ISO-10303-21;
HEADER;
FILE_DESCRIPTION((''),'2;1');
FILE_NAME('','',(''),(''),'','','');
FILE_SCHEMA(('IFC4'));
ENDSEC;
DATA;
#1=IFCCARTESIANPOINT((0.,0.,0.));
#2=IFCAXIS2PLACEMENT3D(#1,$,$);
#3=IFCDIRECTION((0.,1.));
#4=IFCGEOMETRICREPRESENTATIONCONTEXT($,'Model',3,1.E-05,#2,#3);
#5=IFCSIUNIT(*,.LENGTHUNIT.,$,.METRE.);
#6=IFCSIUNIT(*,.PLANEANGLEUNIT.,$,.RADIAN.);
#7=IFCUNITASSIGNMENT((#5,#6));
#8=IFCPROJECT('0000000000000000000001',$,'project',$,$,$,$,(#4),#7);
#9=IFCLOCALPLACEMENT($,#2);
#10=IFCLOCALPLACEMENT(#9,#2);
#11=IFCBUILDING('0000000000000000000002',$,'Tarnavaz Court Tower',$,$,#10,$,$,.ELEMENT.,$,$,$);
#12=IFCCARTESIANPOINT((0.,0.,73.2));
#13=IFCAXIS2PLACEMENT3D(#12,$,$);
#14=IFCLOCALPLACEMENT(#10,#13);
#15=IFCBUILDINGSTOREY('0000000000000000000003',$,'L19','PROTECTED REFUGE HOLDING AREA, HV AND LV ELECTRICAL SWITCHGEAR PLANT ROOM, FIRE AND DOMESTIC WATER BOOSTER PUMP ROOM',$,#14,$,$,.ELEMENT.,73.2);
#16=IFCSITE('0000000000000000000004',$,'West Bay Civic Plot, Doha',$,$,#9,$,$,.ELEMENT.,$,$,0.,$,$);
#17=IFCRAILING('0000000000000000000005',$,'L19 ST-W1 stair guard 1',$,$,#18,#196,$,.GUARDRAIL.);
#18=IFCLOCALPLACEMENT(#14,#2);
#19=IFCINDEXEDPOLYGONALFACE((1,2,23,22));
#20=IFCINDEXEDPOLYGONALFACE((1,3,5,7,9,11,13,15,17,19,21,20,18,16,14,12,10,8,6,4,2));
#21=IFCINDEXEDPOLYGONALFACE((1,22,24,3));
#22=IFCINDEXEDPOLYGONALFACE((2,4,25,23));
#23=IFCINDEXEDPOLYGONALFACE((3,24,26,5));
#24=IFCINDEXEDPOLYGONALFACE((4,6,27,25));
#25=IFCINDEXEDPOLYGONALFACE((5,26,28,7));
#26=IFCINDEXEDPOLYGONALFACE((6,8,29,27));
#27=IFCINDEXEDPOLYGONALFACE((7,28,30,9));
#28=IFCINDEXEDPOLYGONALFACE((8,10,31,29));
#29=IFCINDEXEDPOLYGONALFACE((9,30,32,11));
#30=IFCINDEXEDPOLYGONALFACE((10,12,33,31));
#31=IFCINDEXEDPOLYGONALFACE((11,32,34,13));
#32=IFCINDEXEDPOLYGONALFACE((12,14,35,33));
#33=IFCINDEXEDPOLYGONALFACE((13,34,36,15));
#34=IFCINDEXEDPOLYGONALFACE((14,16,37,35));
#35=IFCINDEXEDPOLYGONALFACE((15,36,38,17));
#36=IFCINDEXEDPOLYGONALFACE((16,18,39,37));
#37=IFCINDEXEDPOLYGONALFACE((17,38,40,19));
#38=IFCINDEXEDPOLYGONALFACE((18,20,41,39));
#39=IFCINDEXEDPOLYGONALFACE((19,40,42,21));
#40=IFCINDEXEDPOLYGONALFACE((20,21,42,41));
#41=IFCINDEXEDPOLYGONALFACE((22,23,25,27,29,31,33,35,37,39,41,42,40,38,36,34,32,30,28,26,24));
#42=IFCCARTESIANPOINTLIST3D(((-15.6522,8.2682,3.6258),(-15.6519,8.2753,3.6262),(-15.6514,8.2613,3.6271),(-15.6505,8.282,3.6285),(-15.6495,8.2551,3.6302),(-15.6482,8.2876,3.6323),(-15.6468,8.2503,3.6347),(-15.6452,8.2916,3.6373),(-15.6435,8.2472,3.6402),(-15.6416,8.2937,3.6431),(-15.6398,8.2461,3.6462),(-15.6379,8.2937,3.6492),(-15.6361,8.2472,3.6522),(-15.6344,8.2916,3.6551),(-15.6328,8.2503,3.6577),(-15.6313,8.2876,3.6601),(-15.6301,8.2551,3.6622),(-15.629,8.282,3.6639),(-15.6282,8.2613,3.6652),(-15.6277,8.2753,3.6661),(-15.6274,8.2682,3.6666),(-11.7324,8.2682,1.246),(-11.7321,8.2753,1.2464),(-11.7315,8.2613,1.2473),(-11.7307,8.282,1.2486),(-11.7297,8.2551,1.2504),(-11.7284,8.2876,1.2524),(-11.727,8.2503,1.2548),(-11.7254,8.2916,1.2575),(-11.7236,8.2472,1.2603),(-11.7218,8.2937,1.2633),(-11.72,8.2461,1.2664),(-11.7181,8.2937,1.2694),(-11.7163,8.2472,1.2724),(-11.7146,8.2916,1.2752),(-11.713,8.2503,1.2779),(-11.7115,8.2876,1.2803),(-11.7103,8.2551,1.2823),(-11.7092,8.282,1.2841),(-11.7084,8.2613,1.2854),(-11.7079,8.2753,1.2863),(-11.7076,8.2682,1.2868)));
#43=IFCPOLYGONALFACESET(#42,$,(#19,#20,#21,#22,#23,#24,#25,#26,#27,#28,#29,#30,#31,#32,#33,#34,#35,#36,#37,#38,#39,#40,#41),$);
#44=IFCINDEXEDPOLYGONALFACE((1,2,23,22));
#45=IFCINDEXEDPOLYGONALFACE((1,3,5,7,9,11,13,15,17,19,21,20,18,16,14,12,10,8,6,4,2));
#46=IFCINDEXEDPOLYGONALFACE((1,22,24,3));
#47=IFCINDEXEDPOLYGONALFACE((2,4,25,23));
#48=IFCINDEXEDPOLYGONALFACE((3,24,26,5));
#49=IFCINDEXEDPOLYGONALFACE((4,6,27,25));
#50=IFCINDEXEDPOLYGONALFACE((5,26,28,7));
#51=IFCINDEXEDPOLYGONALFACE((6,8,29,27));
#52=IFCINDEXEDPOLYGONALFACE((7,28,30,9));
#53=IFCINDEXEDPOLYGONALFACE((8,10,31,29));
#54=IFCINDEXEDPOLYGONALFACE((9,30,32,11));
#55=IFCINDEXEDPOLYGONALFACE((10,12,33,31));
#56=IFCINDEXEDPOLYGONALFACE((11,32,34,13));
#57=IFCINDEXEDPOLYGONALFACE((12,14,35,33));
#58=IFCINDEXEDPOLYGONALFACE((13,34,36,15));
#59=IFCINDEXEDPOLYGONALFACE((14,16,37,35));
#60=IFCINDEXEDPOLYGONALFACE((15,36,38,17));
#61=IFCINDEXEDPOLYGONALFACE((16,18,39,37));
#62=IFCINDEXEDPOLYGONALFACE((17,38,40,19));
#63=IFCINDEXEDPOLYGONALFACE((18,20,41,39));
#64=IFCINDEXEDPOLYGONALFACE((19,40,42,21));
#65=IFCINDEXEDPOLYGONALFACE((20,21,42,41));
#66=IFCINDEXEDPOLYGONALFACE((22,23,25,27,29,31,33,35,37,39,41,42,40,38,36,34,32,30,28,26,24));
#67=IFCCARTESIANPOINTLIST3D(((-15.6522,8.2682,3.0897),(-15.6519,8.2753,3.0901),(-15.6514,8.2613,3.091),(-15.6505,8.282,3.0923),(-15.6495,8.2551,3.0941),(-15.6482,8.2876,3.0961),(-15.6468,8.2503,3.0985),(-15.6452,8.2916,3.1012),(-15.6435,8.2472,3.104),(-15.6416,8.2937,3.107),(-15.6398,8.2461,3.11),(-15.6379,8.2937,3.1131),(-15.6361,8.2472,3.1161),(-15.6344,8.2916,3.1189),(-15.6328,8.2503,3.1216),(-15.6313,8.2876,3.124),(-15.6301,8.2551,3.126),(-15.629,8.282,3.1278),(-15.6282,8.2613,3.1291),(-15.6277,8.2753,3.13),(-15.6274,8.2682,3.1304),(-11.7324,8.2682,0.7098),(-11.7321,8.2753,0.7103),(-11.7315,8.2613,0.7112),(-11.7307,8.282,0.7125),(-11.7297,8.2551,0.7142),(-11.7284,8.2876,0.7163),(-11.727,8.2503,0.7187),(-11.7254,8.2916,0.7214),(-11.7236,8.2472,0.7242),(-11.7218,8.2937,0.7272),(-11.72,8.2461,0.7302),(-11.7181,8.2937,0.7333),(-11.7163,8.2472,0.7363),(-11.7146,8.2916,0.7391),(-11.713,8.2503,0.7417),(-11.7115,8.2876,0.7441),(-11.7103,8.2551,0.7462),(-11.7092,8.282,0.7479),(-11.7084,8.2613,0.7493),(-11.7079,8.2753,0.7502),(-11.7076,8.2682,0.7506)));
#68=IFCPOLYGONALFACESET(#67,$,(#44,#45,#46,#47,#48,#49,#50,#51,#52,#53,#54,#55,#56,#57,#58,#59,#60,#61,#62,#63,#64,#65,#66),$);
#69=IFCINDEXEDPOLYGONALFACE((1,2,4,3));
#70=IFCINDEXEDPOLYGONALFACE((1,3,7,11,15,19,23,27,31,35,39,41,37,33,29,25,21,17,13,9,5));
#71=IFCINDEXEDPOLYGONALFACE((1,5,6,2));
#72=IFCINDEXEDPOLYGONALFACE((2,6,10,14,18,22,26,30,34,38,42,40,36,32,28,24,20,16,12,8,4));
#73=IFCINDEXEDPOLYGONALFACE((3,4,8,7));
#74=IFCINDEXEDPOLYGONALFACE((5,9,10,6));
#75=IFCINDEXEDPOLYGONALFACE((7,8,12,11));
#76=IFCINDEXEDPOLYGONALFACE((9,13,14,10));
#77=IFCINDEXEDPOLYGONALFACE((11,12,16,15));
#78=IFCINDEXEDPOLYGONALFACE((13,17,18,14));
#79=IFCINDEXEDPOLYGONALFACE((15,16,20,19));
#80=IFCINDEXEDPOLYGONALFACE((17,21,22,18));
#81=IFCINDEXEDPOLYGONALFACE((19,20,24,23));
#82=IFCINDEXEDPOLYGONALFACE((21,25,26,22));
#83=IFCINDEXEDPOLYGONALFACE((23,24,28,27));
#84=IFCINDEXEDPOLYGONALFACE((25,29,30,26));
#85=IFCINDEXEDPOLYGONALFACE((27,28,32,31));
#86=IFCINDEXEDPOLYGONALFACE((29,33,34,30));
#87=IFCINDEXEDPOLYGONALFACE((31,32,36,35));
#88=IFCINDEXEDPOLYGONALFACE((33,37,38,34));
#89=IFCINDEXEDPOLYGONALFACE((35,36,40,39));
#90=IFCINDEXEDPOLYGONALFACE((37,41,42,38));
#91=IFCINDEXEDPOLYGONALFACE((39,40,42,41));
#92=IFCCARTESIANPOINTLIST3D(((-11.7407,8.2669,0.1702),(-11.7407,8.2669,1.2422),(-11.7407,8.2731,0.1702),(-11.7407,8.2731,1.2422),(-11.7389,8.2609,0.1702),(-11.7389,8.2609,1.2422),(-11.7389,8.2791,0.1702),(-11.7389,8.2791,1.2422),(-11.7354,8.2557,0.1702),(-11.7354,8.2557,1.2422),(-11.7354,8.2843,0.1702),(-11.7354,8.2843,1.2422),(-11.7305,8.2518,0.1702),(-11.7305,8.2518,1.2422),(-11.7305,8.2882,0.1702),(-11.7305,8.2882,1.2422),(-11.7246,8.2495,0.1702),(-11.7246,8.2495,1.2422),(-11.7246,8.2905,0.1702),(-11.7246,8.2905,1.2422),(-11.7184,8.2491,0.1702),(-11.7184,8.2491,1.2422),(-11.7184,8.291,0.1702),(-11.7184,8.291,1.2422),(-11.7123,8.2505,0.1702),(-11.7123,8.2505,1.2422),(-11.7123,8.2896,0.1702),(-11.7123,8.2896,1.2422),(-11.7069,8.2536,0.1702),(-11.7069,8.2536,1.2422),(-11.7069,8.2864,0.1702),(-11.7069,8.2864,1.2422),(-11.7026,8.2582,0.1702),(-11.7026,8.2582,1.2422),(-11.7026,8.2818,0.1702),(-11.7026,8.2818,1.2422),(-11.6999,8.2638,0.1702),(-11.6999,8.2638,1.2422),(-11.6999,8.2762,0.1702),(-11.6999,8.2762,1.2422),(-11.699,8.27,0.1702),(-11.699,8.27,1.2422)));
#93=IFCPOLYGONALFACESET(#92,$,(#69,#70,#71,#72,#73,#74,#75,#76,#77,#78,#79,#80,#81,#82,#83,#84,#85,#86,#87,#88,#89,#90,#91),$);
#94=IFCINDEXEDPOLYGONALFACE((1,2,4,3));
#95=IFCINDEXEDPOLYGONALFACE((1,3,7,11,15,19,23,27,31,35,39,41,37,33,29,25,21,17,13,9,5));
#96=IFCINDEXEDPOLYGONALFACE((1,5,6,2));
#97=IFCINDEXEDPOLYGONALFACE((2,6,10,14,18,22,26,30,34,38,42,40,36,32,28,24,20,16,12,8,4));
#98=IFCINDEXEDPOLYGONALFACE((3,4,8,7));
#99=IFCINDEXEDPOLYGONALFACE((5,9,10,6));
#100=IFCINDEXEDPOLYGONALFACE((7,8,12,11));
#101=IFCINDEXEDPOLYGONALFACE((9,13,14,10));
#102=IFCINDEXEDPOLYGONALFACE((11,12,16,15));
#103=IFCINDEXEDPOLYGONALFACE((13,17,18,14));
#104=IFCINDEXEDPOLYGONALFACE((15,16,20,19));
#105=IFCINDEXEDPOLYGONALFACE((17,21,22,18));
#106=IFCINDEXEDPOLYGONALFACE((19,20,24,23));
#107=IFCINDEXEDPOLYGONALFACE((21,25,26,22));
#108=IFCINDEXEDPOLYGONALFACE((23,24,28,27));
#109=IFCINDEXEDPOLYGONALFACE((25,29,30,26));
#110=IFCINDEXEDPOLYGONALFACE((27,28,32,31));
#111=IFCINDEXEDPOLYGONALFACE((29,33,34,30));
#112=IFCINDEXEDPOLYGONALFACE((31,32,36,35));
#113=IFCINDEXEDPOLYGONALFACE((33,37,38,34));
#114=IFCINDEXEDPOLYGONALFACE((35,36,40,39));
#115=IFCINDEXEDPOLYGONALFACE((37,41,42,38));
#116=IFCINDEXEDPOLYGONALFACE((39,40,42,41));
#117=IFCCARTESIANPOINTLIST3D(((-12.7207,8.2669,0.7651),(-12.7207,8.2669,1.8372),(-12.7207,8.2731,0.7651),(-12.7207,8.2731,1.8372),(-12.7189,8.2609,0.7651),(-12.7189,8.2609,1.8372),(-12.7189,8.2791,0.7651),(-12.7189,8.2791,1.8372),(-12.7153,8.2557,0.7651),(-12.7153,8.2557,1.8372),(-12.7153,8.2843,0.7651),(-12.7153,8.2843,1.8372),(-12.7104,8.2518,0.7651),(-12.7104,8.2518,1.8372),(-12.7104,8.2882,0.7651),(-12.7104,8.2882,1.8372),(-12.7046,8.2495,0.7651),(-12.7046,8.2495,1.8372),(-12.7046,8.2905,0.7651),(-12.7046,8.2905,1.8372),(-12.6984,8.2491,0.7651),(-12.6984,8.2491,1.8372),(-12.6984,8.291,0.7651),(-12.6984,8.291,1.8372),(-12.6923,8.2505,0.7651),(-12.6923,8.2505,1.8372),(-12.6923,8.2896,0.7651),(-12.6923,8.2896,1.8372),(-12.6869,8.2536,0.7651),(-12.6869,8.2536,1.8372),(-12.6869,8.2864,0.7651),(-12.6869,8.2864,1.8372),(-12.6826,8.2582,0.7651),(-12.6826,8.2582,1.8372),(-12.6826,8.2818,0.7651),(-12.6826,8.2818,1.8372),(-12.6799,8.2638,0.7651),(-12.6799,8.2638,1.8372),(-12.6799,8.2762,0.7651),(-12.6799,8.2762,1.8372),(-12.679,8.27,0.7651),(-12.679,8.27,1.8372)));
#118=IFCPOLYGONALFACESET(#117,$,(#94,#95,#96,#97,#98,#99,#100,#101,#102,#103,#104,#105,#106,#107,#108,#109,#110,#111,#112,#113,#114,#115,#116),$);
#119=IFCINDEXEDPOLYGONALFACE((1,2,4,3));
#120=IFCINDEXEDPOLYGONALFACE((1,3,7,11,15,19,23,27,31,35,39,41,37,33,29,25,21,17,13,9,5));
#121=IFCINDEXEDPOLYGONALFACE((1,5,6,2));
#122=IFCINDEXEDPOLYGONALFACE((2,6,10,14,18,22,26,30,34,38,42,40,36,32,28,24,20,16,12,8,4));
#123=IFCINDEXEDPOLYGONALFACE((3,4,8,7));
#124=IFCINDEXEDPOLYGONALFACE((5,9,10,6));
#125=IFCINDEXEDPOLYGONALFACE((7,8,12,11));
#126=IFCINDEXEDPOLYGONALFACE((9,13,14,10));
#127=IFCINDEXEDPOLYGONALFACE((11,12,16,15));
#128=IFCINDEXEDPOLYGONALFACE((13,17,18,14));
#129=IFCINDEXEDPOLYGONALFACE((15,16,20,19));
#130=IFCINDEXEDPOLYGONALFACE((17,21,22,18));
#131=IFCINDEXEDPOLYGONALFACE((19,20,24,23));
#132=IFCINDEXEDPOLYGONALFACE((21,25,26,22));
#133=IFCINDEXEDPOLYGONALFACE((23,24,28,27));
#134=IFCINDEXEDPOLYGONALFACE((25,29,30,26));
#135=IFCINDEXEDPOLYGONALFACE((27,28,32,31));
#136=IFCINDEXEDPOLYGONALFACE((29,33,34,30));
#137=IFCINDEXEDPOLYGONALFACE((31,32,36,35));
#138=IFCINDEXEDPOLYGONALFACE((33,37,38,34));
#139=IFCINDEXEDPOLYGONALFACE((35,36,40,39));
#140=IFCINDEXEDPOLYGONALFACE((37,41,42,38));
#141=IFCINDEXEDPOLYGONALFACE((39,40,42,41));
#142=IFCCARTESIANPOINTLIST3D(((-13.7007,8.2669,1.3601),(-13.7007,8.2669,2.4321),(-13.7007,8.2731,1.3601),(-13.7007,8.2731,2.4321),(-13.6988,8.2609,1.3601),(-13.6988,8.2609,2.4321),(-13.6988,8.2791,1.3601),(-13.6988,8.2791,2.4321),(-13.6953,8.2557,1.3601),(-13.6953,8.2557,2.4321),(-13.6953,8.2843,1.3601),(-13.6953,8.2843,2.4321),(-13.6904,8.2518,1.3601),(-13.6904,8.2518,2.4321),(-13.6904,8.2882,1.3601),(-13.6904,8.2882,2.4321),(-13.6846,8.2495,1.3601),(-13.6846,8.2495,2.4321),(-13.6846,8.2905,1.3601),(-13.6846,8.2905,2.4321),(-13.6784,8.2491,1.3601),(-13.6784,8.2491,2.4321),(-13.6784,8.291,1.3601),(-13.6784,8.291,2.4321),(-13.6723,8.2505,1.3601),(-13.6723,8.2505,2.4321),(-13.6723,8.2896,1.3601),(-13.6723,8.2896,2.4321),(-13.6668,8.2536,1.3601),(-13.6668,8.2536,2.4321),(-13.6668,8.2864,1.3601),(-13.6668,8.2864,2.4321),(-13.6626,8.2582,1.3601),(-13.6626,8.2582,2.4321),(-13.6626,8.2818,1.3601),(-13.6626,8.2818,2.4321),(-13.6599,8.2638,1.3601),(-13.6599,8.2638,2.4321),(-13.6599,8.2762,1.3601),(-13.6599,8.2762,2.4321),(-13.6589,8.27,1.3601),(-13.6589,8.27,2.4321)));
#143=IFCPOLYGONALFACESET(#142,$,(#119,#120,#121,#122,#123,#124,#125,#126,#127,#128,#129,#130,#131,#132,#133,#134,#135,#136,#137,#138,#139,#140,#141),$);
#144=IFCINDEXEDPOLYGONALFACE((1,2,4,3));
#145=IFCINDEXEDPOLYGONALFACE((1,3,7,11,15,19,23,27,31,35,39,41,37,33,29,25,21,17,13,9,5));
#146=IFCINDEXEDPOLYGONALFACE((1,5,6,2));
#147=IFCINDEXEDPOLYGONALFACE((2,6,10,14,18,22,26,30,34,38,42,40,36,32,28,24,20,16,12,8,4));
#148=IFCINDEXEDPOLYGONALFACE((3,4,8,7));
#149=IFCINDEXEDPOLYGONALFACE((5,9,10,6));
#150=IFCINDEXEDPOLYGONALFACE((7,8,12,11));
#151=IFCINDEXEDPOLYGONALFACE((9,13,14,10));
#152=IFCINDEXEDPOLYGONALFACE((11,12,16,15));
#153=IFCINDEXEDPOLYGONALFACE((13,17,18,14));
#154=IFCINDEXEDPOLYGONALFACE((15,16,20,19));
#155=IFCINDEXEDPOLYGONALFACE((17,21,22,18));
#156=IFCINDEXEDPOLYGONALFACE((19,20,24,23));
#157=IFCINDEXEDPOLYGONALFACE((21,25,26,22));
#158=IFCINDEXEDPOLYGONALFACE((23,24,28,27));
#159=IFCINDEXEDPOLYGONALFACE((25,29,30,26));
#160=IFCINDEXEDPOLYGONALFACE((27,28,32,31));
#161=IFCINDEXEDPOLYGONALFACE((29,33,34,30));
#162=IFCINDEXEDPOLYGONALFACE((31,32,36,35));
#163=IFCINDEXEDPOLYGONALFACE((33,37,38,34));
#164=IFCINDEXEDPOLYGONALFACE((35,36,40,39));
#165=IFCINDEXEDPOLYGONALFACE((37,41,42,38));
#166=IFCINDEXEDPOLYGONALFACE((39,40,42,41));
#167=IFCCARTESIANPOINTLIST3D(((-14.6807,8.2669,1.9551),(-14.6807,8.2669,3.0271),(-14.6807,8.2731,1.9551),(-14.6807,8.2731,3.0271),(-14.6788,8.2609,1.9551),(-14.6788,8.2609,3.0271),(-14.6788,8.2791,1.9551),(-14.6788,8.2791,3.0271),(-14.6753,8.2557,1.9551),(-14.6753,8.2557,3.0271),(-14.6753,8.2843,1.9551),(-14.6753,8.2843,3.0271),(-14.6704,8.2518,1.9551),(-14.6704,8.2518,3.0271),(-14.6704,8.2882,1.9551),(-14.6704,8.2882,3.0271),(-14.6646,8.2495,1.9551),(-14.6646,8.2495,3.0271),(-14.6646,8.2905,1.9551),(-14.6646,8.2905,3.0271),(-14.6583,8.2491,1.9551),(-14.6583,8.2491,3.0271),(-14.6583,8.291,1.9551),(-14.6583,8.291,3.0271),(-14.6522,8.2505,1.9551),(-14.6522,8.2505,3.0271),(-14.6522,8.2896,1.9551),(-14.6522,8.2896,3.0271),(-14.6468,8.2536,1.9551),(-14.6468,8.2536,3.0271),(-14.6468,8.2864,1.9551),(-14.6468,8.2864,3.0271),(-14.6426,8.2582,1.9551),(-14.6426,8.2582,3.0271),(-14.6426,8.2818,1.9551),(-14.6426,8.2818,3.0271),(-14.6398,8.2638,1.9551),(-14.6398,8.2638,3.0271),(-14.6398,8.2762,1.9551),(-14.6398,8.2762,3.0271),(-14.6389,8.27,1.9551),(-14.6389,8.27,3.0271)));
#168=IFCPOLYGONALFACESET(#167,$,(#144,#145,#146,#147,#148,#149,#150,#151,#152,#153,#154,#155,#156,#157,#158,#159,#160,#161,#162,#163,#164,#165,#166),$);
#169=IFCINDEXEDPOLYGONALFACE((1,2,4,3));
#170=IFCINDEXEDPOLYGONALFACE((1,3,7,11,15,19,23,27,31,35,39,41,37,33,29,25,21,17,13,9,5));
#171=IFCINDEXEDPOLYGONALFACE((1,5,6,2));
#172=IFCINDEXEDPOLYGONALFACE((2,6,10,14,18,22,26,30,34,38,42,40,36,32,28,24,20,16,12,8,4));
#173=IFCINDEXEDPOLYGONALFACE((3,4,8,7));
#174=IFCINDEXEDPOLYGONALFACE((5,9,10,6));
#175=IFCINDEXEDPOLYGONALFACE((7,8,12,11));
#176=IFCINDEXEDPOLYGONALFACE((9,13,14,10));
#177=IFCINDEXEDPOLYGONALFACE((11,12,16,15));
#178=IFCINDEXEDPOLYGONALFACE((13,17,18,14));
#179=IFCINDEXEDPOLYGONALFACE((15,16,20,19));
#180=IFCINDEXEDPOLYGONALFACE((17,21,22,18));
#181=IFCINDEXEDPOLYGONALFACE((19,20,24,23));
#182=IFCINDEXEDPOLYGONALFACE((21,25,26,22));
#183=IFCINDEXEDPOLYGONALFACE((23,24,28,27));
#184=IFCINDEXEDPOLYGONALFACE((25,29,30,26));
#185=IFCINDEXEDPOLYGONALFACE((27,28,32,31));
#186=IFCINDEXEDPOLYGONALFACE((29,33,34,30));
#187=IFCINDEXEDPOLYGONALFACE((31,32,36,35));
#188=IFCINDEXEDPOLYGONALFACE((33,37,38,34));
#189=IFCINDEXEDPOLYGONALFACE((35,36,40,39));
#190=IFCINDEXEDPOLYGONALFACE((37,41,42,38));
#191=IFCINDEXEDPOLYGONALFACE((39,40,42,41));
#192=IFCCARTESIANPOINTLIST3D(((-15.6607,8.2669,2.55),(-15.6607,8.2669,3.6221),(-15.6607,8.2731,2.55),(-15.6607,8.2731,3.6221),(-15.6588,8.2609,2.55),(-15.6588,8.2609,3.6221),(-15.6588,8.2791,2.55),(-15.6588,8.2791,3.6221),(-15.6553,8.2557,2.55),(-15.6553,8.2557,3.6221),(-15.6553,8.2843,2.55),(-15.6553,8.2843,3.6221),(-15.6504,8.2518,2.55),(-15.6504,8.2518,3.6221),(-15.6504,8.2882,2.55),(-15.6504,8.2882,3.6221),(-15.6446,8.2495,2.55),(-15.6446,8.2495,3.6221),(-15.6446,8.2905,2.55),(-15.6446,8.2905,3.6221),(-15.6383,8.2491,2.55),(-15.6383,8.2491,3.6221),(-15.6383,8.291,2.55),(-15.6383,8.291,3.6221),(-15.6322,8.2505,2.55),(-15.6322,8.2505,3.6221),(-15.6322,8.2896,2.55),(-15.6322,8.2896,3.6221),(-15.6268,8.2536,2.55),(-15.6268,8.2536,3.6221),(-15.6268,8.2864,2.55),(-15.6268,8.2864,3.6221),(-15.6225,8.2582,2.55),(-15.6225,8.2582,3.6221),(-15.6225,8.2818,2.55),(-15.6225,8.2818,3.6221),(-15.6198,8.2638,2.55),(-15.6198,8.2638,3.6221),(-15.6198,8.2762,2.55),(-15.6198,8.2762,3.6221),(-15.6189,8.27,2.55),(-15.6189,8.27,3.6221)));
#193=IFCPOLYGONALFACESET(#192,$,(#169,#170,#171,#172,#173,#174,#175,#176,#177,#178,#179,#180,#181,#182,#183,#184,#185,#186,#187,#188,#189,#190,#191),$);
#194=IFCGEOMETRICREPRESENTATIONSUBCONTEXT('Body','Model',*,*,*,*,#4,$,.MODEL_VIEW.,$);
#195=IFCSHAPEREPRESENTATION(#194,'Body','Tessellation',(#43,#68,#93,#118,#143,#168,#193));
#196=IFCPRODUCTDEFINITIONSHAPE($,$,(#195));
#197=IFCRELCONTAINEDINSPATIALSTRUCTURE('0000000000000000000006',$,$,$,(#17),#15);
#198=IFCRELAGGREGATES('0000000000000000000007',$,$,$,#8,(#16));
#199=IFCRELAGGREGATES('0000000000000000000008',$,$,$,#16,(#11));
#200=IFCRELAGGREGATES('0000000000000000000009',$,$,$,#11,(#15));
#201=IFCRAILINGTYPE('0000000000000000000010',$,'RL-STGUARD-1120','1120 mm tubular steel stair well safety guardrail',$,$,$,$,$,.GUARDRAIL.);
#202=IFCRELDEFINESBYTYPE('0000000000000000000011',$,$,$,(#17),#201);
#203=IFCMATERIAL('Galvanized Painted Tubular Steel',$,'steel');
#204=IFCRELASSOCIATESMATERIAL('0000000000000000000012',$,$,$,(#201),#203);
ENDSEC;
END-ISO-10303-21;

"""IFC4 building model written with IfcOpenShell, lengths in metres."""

from ifc_helpers import new_model, si_unit, direction, frame, origin, origin_2d, place, context, subcontext, project, spatial, circle, extrude, material, type_object, element, save


model = new_model("IFC4")

# Units and contexts
model_context = context("Model", 3, precision=1e-05, world=origin(), true_north=direction((0.0, 1.0)))
body_context = subcontext(model_context, "Body", "Model", "MODEL_VIEW")
ifc_project = project(units=[si_unit("LENGTHUNIT", "METRE"), si_unit("PLANEANGLEUNIT", "RADIAN")], contexts=[model_context])

# Site, building, storey
site_placement = place(None, origin())
site = spatial("IfcSite", under=ifc_project, at=site_placement, Name="West Bay Civic Plot, Doha", CompositionType="ELEMENT", RefElevation=0.0)
building_placement = place(site_placement, origin())
building = spatial("IfcBuilding", under=site, at=building_placement, Name="Tarnavaz Court Tower", CompositionType="ELEMENT")
storey_placement = place(building_placement, frame((0.0, 0.0, 73.2)))
storey = spatial("IfcBuildingStorey", under=building, at=storey_placement, Name="L19", Description="PROTECTED REFUGE HOLDING AREA, HV AND LV ELECTRICAL SWITCHGEAR PLANT ROOM, FIRE AND DOMESTIC WATER BOOSTER PUMP ROOM", CompositionType="ELEMENT", Elevation=73.2)

# Railing
ifc_material_1 = material(Name="Galvanized Painted Tubular Steel", Category="steel")
railing_type_1 = type_object("IfcRailingType", Name="RL-STGUARD-1120", Description="1120 mm tubular steel stair well safety guardrail", PredefinedType="GUARDRAIL", material=ifc_material_1)
railing_1_placement = place(storey_placement, frame((-11.72, 8.27, 0.1702)))
element("IfcRailing", 1, at=railing_1_placement, inside=storey, type_object=railing_type_1, Name="L19 ST-W1 stair guard 1", PredefinedType="GUARDRAIL", context=body_context, shape_type="SweptSolid", body=[
    extrude(circle(Radius=0.0239, at=origin_2d()), frame((0.0, 0.0, 1.0962), z_axis=(-0.854794, 0.0, 0.518967), x_axis=(0.0, -1.0, 0.0)), (0.0, 0.0, 1.0), 4.5857),
    extrude(circle(Radius=0.0239, at=origin_2d()), frame((0.0, 0.0, 0.5601), z_axis=(-0.854794, 0.0, 0.518967), x_axis=(0.0, -1.0, 0.0)), (0.0, 0.0, 1.0), 4.5857),
    extrude(circle(Radius=0.021, at=origin_2d()), origin(), (0.0, 0.0, 1.0), 1.072),
    extrude(circle(Radius=0.021, at=origin_2d()), frame((-0.98, 0.0, 0.595)), (0.0, 0.0, 1.0), 1.072),
    extrude(circle(Radius=0.021, at=origin_2d()), frame((-1.96, 0.0, 1.1899)), (0.0, 0.0, 1.0), 1.072),
    extrude(circle(Radius=0.021, at=origin_2d()), frame((-2.9399, 0.0, 1.7849)), (0.0, 0.0, 1.0), 1.072),
    extrude(circle(Radius=0.021, at=origin_2d()), frame((-3.9199, 0.0, 2.3799)), (0.0, 0.0, 1.0), 1.072),
])

save(model, "model.ifc")
